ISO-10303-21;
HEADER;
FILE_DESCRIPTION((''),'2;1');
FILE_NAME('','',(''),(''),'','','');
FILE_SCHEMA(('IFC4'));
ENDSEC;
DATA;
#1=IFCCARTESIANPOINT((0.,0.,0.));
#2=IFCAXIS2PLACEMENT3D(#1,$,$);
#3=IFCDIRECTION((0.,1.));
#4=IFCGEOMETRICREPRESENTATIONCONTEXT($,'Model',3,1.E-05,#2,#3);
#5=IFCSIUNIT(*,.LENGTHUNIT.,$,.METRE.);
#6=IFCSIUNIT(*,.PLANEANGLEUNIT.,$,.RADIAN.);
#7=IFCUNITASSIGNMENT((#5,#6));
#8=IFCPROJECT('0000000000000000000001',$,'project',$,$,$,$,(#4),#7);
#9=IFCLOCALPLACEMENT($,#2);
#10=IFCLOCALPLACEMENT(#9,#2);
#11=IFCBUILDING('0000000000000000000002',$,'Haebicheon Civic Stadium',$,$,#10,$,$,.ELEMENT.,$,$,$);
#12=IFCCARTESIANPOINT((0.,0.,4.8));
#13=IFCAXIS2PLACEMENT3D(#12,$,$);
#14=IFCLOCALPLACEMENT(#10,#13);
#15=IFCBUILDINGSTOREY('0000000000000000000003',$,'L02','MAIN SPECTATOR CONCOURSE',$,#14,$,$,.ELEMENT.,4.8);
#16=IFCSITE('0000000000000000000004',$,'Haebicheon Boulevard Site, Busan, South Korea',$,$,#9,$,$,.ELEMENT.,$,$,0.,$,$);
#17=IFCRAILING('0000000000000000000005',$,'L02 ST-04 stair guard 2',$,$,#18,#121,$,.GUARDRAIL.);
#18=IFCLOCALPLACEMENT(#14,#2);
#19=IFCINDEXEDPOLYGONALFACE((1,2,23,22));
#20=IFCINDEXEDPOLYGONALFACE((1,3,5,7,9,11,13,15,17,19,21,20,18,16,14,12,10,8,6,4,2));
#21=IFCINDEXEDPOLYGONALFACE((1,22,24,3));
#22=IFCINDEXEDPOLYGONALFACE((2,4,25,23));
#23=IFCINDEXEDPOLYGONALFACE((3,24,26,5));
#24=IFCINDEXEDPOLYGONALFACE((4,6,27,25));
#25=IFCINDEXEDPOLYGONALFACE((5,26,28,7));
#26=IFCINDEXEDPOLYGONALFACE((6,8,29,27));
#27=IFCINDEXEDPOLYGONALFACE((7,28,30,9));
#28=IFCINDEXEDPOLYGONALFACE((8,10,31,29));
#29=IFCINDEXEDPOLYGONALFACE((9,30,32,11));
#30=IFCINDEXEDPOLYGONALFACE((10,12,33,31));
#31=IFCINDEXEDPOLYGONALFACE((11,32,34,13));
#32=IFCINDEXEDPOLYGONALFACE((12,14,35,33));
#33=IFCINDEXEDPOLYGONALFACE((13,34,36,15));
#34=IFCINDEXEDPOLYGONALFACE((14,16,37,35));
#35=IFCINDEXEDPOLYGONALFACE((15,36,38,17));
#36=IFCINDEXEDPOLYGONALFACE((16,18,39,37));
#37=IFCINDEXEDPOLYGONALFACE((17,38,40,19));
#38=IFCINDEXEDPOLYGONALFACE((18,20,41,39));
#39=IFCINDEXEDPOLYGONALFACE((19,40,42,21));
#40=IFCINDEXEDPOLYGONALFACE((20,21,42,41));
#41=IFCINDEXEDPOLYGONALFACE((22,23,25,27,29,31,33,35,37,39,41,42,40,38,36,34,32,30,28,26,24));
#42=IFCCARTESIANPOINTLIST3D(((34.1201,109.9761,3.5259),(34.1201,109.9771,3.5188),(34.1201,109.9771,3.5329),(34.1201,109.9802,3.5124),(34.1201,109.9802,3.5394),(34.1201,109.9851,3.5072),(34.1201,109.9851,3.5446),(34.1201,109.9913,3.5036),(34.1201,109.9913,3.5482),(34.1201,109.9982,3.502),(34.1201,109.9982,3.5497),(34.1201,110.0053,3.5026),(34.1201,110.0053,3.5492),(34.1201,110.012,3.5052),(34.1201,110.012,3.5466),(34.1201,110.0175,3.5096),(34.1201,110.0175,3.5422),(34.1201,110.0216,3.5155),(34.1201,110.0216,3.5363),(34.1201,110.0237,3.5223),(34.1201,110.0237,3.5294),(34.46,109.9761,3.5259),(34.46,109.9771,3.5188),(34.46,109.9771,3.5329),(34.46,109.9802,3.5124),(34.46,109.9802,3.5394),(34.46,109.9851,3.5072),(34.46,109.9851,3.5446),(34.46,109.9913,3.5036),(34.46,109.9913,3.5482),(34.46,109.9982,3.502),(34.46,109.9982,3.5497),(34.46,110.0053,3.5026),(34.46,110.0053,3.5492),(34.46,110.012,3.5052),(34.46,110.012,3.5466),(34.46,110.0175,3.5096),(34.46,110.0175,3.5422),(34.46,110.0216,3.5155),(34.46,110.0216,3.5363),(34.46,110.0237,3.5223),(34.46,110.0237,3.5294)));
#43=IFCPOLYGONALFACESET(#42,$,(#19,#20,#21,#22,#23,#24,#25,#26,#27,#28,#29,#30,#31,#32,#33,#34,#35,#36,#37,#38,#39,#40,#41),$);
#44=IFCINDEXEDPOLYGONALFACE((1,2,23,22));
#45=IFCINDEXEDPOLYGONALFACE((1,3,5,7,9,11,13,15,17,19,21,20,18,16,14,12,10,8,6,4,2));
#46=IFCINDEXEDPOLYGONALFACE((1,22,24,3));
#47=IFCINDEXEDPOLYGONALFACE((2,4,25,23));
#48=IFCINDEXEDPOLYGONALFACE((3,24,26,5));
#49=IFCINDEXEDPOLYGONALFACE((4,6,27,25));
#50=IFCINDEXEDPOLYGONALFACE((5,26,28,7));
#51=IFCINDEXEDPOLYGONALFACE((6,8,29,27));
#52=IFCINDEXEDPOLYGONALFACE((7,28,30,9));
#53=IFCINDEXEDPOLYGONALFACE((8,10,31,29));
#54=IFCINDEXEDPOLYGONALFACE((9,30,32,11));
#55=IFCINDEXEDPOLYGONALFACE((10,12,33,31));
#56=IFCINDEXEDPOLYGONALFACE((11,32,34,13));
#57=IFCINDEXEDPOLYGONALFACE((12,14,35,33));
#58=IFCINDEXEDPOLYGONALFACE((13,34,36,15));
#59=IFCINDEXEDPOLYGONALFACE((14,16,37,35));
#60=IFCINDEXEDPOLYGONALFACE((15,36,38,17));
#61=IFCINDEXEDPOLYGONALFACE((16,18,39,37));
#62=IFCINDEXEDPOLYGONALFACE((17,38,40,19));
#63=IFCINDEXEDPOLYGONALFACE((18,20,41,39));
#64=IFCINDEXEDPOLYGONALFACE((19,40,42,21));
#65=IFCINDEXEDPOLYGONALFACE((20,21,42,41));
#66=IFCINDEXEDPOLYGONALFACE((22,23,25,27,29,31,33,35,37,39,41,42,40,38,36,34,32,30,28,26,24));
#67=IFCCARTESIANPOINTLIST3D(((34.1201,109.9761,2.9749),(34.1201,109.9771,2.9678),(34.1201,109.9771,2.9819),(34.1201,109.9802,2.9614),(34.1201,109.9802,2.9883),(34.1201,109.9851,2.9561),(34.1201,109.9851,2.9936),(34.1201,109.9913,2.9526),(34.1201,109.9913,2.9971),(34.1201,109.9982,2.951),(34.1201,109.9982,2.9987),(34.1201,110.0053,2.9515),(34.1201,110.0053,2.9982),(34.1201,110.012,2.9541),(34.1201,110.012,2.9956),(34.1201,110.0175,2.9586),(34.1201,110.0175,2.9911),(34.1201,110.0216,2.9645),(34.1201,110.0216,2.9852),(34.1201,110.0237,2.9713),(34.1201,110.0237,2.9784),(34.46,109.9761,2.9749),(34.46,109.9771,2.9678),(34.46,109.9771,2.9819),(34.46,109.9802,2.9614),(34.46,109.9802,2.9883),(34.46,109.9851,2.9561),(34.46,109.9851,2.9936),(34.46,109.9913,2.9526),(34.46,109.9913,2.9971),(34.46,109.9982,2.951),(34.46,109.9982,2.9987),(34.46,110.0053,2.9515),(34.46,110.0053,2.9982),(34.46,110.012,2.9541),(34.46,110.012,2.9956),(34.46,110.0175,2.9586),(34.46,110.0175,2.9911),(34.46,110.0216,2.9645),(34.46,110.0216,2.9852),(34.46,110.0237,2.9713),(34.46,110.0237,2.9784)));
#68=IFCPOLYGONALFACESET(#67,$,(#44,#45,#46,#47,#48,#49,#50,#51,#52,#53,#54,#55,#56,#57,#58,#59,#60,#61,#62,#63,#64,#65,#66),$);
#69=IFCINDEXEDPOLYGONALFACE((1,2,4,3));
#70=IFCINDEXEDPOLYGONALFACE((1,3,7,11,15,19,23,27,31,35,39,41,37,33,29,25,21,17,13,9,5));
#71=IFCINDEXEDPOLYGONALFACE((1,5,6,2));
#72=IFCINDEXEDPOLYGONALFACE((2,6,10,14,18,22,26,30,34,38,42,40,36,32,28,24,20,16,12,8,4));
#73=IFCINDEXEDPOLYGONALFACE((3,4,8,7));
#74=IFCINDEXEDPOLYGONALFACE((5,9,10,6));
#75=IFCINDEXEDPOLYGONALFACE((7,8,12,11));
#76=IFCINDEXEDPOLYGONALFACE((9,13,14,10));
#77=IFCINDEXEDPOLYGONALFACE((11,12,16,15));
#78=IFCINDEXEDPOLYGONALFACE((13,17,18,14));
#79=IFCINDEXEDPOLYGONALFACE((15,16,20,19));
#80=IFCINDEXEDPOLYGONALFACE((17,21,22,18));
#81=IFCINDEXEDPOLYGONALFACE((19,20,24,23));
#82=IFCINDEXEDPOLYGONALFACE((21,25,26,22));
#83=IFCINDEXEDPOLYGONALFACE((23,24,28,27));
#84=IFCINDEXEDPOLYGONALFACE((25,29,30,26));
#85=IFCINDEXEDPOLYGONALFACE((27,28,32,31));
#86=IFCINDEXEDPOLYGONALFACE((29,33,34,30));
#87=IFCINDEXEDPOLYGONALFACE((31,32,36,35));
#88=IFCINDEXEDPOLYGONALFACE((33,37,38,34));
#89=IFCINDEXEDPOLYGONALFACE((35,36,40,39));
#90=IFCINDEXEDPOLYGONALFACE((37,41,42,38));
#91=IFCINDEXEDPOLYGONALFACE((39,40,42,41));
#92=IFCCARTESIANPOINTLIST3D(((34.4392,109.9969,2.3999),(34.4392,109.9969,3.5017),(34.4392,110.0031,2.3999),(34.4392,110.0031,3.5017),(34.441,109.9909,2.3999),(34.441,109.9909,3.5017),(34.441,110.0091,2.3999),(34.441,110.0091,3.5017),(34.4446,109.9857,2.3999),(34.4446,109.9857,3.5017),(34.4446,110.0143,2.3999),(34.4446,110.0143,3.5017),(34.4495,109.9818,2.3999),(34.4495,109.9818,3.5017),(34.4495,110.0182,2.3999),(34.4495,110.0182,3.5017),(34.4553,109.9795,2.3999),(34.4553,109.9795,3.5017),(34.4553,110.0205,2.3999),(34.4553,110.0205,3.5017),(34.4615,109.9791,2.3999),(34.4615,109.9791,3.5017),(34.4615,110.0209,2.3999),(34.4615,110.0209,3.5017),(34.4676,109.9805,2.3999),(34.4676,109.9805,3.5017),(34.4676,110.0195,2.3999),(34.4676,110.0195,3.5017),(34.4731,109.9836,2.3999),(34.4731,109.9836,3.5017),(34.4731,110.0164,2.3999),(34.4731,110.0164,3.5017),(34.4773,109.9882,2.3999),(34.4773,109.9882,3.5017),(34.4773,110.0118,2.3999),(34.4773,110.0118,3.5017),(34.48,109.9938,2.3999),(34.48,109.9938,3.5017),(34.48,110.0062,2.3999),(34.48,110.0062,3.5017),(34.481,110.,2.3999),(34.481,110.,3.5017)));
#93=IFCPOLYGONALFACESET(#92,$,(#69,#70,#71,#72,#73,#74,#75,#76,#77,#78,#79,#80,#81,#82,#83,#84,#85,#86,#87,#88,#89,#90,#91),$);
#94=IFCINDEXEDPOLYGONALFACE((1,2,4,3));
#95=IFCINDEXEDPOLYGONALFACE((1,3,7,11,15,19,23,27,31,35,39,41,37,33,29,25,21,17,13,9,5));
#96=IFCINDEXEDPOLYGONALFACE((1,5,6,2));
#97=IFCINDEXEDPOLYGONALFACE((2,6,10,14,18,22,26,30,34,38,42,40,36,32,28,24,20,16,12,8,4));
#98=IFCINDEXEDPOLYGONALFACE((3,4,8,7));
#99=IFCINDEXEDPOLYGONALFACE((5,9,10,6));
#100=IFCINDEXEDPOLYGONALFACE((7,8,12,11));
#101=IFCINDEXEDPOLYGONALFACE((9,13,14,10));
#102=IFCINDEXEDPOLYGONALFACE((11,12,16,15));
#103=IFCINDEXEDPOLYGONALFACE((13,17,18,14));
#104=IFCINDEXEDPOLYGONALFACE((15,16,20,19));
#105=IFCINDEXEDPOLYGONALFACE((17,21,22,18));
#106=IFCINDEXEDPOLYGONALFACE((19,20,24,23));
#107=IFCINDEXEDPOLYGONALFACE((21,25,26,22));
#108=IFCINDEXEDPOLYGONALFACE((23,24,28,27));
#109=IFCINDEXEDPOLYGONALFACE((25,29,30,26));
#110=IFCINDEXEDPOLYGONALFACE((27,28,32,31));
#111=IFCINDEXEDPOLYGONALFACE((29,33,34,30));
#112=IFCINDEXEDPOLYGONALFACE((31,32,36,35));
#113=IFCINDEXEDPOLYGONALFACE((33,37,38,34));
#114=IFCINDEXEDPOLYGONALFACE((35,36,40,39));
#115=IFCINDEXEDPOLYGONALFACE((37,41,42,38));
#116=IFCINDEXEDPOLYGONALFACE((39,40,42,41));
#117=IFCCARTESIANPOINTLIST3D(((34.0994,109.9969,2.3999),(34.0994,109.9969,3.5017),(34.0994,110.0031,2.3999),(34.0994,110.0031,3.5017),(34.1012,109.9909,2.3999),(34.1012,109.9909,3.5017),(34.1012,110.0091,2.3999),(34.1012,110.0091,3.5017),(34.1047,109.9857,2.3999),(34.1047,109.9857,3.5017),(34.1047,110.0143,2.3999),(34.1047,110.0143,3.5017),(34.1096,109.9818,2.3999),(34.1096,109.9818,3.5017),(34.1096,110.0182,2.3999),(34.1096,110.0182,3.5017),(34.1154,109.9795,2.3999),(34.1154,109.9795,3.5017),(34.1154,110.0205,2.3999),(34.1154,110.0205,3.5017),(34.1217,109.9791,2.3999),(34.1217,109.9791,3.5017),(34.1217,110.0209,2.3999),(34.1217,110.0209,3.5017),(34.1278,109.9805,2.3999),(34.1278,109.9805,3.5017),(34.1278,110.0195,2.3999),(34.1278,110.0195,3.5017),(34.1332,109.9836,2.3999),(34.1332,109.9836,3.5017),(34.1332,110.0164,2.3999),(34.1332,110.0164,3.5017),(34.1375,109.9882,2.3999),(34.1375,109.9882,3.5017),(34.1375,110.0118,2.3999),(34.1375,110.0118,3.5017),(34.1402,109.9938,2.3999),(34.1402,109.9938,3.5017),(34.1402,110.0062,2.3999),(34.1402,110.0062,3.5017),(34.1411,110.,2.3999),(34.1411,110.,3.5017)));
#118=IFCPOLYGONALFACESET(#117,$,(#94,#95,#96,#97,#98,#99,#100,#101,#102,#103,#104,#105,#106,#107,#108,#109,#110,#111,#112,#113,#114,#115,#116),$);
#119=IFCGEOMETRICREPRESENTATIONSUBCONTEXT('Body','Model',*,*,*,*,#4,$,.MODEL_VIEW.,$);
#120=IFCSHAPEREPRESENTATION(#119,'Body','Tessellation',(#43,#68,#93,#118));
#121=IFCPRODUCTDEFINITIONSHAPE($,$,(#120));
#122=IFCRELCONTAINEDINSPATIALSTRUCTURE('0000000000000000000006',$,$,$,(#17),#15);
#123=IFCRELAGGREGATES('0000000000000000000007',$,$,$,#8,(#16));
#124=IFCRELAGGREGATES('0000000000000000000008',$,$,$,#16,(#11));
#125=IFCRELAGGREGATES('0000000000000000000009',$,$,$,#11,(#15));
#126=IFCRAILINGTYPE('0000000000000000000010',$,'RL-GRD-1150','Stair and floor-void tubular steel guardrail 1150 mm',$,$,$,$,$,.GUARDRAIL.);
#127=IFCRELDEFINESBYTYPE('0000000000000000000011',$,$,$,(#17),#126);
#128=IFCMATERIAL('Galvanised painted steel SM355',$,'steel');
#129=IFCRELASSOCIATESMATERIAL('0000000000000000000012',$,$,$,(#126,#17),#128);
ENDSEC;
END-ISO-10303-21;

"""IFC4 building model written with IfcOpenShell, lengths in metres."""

from ifc_helpers import new_model, si_unit, direction, frame, origin, origin_2d, place, context, subcontext, project, spatial, circle, extrude, material, type_object, element, save


model = new_model("IFC4")

# Units and contexts
model_context = context("Model", 3, precision=1e-05, world=origin(), true_north=direction((0.0, 1.0)))
body_context = subcontext(model_context, "Body", "Model", "MODEL_VIEW")
ifc_project = project(units=[si_unit("LENGTHUNIT", "METRE"), si_unit("PLANEANGLEUNIT", "RADIAN")], contexts=[model_context])

# Site, building, storey
site_placement = place(None, origin())
site = spatial("IfcSite", under=ifc_project, at=site_placement, Name="Haebicheon Boulevard Site, Busan, South Korea", CompositionType="ELEMENT", RefElevation=0.0)
building_placement = place(site_placement, origin())
building = spatial("IfcBuilding", under=site, at=building_placement, Name="Haebicheon Civic Stadium", CompositionType="ELEMENT")
storey_placement = place(building_placement, frame((0.0, 0.0, 4.8)))
storey = spatial("IfcBuildingStorey", under=building, at=storey_placement, Name="L02", Description="MAIN SPECTATOR CONCOURSE", CompositionType="ELEMENT", Elevation=4.8)

# Railing
ifc_material_1 = material(Name="Galvanised painted steel SM355", Category="steel")
railing_type_1 = type_object("IfcRailingType", Name="RL-GRD-1150", Description="Stair and floor-void tubular steel guardrail 1150 mm", PredefinedType="GUARDRAIL", material=ifc_material_1)
railing_1_placement = place(storey_placement, frame((34.46, 110.0, 2.3999)))
element("IfcRailing", 1, at=railing_1_placement, inside=storey, type_object=railing_type_1, material=ifc_material_1, Name="L02 ST-04 stair guard 2", PredefinedType="GUARDRAIL", context=body_context, shape_type="SweptSolid", body=[
    extrude(circle(Radius=0.0239, at=origin_2d()), frame((0.0, 0.0, 1.126), z_axis=(-1.0, 0.0, 0.0), x_axis=(0.0, -1.0, 0.0)), (0.0, 0.0, 1.0), 0.3398),
    extrude(circle(Radius=0.0239, at=origin_2d()), frame((0.0, 0.0, 0.575), z_axis=(-1.0, 0.0, 0.0), x_axis=(0.0, -1.0, 0.0)), (0.0, 0.0, 1.0), 0.3398),
    extrude(circle(Radius=0.021, at=origin_2d()), origin(), (0.0, 0.0, 1.0), 1.1018),
    extrude(circle(Radius=0.021, at=origin_2d()), frame((-0.3398, 0.0, 0.0)), (0.0, 0.0, 1.0), 1.1018),
])

save(model, "model.ifc")
